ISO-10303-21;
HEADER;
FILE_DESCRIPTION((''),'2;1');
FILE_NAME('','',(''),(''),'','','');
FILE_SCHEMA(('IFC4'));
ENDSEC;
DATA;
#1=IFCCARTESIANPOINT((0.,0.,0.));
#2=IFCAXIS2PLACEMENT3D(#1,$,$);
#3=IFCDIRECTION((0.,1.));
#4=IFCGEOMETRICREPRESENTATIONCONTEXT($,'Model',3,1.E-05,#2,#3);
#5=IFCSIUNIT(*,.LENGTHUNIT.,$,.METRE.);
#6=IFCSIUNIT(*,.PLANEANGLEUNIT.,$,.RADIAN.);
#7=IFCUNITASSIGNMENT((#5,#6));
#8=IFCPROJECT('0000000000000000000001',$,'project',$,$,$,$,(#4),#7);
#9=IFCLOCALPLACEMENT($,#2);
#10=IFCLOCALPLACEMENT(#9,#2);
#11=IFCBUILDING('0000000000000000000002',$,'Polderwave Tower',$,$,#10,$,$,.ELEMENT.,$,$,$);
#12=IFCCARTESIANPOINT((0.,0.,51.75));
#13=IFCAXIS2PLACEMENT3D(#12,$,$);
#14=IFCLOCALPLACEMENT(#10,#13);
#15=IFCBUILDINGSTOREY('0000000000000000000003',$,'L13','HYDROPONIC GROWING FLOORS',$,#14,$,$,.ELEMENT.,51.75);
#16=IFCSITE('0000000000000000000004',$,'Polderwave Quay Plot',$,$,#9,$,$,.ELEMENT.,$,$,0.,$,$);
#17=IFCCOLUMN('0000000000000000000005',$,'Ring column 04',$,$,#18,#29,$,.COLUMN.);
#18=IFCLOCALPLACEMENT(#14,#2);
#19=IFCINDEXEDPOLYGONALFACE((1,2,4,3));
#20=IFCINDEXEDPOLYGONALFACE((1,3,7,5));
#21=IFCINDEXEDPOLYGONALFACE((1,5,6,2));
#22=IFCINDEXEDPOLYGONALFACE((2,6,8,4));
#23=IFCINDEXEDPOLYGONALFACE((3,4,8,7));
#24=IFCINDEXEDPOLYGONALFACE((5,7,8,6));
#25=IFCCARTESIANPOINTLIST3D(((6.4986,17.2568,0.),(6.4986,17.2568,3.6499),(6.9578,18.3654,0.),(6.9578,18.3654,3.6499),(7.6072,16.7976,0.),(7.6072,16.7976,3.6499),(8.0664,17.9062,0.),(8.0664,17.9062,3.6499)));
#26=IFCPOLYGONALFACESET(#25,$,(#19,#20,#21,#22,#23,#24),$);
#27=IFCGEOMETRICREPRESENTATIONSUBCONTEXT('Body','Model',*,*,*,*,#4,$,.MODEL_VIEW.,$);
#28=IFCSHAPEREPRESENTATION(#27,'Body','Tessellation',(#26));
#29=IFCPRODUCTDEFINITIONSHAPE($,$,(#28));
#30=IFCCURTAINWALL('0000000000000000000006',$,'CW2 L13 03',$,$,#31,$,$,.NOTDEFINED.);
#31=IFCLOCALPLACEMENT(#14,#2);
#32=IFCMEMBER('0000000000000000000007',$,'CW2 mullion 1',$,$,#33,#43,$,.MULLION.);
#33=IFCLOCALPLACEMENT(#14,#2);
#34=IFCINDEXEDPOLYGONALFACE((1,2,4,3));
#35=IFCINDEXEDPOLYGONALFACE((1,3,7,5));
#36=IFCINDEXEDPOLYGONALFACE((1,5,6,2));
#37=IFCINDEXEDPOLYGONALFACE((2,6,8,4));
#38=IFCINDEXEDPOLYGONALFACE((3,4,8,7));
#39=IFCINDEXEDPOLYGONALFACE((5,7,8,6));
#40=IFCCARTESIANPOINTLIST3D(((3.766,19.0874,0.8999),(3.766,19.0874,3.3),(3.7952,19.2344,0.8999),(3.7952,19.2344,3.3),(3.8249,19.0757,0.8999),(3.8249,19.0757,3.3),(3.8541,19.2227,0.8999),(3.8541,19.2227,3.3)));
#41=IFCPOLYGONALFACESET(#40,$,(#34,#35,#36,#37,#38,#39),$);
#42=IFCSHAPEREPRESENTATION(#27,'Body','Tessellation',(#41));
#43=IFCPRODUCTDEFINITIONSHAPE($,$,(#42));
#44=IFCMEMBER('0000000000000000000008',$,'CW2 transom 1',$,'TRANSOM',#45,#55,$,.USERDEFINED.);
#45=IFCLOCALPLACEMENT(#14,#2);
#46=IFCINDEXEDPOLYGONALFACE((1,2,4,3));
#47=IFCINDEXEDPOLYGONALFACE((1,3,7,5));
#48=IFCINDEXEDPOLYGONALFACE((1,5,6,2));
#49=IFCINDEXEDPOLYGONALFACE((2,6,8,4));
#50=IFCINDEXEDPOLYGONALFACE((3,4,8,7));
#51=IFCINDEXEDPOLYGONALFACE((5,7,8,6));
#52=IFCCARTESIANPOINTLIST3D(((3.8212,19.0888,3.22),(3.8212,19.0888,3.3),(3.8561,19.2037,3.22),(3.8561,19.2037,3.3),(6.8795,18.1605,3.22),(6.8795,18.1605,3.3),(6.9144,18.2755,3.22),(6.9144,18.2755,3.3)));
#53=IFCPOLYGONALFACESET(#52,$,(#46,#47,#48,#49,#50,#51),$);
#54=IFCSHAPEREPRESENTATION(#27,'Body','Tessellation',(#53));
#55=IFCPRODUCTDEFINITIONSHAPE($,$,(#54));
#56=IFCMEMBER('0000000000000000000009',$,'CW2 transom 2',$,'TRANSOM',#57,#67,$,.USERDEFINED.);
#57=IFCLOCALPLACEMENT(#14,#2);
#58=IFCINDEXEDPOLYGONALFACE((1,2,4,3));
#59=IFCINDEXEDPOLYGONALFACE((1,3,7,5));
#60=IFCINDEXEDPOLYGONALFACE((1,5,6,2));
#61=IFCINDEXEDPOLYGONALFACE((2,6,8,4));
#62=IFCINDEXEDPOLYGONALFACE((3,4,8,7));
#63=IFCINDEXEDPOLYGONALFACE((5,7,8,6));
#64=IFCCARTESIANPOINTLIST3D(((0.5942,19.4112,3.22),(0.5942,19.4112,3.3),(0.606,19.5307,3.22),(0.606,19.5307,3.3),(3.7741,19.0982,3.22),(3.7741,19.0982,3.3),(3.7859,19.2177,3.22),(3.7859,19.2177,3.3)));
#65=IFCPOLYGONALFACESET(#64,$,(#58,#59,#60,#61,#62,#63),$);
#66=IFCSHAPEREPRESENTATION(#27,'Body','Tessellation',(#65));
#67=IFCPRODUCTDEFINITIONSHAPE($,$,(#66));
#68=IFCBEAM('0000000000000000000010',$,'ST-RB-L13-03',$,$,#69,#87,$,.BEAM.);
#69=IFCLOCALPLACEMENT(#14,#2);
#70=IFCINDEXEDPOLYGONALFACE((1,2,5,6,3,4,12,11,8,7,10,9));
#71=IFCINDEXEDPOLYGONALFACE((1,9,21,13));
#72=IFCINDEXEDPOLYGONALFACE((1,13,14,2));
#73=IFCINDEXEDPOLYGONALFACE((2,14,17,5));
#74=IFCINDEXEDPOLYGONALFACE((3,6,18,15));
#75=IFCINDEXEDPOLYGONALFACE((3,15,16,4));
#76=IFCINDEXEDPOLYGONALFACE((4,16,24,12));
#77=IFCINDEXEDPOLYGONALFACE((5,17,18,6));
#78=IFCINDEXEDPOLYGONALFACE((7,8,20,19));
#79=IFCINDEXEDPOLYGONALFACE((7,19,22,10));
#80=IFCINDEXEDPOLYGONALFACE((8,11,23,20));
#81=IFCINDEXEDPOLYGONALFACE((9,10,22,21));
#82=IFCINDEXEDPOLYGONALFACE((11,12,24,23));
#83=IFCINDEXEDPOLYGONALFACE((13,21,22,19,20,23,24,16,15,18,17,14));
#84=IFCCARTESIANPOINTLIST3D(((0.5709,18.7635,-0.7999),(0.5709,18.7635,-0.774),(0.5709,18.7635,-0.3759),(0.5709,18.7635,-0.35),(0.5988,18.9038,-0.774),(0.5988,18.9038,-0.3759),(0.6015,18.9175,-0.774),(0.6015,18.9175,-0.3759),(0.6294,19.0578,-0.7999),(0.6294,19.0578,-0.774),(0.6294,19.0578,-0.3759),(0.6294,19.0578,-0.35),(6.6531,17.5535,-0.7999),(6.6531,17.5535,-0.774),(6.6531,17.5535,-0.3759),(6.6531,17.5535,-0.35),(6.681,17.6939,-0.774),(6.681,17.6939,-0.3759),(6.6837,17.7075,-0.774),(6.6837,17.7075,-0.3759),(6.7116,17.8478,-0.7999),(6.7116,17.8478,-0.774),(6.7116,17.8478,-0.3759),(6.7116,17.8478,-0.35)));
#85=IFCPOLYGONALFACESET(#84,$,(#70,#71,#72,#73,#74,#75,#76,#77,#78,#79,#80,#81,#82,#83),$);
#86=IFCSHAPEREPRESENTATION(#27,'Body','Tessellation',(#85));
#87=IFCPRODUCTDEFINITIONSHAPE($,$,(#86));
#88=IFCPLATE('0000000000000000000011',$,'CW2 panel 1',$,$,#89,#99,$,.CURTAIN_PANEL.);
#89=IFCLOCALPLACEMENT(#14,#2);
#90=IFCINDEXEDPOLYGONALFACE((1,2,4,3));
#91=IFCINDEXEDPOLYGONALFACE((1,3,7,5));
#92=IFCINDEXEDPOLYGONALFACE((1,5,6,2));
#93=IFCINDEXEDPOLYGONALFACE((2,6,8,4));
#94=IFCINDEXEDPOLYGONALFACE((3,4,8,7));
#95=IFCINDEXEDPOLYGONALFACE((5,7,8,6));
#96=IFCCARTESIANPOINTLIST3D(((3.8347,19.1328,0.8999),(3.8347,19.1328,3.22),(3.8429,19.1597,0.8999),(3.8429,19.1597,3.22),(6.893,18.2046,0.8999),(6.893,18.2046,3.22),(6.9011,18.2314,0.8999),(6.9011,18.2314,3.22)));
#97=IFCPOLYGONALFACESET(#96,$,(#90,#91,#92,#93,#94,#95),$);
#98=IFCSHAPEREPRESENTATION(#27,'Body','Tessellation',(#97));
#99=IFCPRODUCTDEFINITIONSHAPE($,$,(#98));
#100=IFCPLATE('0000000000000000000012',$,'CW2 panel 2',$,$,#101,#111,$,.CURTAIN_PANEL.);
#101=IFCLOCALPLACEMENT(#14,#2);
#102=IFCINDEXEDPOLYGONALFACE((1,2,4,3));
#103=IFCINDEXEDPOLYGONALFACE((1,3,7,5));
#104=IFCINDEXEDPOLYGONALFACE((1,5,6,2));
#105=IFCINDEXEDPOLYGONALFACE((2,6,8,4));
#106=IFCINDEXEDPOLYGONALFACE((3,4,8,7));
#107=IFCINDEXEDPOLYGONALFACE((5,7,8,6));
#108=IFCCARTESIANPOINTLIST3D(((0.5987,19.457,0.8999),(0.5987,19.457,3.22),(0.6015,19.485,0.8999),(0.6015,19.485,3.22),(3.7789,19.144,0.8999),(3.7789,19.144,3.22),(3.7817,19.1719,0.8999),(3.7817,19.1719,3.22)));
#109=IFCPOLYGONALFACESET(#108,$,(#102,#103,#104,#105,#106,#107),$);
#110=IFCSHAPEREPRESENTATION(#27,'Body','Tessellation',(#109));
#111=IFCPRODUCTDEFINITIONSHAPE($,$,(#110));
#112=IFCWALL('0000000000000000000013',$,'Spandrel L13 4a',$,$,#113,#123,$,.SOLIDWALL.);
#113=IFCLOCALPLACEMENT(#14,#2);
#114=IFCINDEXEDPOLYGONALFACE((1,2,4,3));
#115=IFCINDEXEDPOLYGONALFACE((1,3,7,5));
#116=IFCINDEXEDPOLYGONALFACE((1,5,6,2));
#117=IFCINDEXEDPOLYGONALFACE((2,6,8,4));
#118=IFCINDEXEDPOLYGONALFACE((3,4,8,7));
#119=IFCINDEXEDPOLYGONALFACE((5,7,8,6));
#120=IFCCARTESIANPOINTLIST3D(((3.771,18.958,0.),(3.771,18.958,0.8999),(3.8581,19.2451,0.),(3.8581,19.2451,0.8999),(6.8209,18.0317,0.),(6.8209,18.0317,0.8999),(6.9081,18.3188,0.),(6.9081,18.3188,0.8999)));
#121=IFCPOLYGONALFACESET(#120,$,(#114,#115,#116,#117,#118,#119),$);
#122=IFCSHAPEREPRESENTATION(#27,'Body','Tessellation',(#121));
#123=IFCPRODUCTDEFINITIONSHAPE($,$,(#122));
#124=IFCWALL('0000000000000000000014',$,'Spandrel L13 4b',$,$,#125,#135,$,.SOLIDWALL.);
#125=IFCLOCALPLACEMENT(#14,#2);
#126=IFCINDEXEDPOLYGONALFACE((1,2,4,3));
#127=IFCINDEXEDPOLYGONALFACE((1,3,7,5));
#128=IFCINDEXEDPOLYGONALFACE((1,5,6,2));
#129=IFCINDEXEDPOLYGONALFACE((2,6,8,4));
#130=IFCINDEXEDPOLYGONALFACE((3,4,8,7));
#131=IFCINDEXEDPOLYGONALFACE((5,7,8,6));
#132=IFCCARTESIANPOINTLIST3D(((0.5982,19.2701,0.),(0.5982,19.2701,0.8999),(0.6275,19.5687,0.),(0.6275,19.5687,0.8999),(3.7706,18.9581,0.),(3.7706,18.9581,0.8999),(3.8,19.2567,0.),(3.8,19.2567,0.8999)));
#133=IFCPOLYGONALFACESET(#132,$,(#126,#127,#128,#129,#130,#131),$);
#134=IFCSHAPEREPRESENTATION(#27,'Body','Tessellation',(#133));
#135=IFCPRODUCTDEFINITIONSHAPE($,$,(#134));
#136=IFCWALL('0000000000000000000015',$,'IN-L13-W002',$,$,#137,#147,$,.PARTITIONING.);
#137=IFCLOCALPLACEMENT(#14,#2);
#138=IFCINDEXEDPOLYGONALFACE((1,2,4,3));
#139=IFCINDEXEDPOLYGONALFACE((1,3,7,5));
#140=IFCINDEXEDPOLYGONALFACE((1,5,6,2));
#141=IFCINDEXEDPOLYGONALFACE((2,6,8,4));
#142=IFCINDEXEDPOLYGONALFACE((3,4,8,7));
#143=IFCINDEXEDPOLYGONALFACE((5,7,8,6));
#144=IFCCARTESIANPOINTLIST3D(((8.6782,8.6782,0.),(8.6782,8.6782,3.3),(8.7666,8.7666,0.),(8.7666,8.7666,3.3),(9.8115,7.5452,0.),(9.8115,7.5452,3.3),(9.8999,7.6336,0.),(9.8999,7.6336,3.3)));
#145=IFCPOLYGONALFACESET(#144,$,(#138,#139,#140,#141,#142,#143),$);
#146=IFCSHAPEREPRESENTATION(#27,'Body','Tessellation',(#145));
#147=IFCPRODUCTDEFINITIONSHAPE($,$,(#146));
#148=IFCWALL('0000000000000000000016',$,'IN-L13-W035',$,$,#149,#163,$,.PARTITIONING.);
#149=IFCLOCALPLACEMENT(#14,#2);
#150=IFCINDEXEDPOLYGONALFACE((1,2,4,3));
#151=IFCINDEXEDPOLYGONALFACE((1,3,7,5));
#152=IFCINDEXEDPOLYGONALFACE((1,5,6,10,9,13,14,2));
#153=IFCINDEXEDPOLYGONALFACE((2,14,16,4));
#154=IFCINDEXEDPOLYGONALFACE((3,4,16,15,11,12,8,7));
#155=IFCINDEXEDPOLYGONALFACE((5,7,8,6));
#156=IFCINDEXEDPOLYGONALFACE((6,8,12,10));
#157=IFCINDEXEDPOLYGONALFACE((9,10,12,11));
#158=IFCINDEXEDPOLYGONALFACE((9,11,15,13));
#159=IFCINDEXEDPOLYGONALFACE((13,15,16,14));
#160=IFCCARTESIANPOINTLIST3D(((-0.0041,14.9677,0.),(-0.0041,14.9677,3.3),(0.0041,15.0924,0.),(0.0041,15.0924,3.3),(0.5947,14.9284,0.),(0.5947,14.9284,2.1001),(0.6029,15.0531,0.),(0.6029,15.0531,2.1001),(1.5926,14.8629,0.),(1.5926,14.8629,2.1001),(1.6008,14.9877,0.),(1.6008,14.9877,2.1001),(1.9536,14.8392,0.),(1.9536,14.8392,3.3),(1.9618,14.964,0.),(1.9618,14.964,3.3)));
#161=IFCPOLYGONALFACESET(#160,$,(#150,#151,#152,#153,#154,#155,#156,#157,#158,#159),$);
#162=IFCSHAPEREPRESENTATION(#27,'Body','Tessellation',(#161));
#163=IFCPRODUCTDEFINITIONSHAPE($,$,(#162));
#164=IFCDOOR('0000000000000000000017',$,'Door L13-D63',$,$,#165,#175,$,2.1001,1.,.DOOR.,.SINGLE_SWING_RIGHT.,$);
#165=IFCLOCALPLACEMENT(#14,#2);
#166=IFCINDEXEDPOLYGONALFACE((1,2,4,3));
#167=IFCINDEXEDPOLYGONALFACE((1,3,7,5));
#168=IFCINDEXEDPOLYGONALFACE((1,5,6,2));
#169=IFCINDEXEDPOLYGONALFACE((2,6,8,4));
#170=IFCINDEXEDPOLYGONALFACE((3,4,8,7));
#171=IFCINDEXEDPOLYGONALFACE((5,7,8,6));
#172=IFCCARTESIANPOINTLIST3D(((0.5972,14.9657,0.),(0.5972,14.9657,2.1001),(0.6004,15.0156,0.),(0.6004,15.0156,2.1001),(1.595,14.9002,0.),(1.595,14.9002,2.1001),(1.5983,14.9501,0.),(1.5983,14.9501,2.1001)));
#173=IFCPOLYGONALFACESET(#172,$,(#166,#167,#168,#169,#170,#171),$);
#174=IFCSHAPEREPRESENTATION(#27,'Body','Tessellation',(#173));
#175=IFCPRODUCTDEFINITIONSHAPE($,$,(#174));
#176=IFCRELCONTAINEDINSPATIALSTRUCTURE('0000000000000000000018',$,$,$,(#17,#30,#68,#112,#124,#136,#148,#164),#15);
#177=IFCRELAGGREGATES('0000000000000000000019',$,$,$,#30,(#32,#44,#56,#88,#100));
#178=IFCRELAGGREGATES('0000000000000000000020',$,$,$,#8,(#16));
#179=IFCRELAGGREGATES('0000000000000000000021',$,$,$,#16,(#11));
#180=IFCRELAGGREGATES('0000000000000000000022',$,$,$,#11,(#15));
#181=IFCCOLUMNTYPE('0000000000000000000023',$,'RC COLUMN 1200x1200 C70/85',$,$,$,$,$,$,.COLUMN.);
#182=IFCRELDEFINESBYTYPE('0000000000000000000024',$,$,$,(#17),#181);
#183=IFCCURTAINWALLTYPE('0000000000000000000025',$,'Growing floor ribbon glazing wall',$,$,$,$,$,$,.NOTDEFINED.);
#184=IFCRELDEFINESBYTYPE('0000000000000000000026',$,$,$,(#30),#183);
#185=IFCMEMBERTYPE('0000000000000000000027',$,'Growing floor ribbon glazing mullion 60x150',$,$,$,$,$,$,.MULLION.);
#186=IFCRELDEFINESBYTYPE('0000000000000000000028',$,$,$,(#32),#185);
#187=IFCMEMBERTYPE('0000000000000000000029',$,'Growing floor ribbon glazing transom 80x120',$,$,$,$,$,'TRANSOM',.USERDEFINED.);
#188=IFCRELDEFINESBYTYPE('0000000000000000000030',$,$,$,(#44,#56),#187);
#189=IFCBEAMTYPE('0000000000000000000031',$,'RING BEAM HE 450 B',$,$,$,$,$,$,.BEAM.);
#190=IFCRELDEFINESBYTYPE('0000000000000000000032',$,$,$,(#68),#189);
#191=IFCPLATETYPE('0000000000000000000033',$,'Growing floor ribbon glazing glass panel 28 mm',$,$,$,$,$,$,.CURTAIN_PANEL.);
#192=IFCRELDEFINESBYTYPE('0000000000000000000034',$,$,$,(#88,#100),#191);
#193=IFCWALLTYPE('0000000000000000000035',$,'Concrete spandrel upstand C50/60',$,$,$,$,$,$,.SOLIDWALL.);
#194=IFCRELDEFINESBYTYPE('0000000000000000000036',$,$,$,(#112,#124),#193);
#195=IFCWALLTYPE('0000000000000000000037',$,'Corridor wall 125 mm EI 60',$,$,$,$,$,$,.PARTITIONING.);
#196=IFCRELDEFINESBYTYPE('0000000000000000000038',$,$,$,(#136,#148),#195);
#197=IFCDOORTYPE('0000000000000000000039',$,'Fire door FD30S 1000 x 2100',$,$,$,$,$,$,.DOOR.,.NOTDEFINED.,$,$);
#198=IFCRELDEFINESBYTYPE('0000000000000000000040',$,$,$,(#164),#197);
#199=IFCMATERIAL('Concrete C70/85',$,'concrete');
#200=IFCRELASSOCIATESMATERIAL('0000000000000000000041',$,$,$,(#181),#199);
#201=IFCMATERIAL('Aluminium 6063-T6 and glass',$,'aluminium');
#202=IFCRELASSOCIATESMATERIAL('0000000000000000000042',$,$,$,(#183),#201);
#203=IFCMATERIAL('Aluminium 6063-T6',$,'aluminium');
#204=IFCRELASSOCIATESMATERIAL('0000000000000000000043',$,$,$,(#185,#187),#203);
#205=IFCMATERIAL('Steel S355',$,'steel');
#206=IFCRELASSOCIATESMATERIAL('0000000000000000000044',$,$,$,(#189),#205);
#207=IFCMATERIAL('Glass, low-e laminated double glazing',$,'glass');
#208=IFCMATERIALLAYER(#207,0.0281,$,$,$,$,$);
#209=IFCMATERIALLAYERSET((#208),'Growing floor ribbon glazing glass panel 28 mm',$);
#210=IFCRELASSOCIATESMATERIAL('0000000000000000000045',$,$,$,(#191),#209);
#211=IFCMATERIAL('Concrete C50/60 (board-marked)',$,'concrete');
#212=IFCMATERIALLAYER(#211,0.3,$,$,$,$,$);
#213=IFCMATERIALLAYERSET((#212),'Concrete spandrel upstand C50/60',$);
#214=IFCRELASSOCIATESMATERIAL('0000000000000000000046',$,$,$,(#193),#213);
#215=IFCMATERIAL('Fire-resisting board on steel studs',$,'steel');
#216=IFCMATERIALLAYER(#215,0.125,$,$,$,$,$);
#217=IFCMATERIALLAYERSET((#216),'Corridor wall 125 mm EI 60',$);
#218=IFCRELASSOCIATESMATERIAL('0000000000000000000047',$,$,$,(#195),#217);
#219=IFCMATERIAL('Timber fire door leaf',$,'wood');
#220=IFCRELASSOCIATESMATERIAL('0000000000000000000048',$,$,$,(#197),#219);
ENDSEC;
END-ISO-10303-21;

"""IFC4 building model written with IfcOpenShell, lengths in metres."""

from ifc_helpers import new_model, si_unit, direction, frame, frame_2d, origin, origin_2d, place, context, subcontext, project, spatial, rectangle, i_section, extrude, material, layer, layer_set, material_profile, profile_set, type_object, element, fill, aggregate, save


model = new_model("IFC4")

# Units and contexts
model_context = context("Model", 3, precision=1e-05, world=origin(), true_north=direction((0.0, 1.0)))
body_context = subcontext(model_context, "Body", "Model", "MODEL_VIEW")
ifc_project = project(units=[si_unit("LENGTHUNIT", "METRE"), si_unit("PLANEANGLEUNIT", "RADIAN")], contexts=[model_context])

# Site, building, storey
site_placement = place(None, origin())
site = spatial("IfcSite", under=ifc_project, at=site_placement, Name="Polderwave Quay Plot", CompositionType="ELEMENT", RefElevation=0.0)
building_placement = place(site_placement, origin())
building = spatial("IfcBuilding", under=site, at=building_placement, Name="Polderwave Tower", CompositionType="ELEMENT")
storey_placement = place(building_placement, frame((0.0, 0.0, 51.75)))
storey = spatial("IfcBuildingStorey", under=building, at=storey_placement, Name="L13", Description="HYDROPONIC GROWING FLOORS", CompositionType="ELEMENT", Elevation=51.75)

# Column
ifc_material_1 = material(Name="Concrete C70/85", Category="concrete")
ifc_material_profile_1 = material_profile(ifc_material_1, rectangle(XDim=1.2, YDim=1.2, at=origin_2d()), Name="RC 1200x1200")
ifc_profile_set_1 = profile_set([ifc_material_profile_1], Name="Concrete C70/85")
column_type = type_object("IfcColumnType", Name="RC COLUMN 1200x1200 C70/85", PredefinedType="COLUMN", material=ifc_profile_set_1)
column_placement = place(storey_placement, frame((7.2825, 17.5815, 0.0), z_axis=(0.0, 0.0, 1.0), x_axis=(0.382683, 0.92388, 0.0)))
element("IfcColumn", 1, at=column_placement, inside=storey, type_object=column_type, Name="Ring column 04", PredefinedType="COLUMN", context=body_context, shape_type="SweptSolid", body=[
    extrude(rectangle(XDim=1.2, YDim=1.2, at=origin_2d()), origin(), (0.0, 0.0, 1.0), 3.6499),
])

# Curtain wall, members
ifc_material_2 = material(Name="Aluminium 6063-T6 and glass", Category="aluminium")
curtain_wall_type = type_object("IfcCurtainWallType", Name="Growing floor ribbon glazing wall", PredefinedType="NOTDEFINED", material=ifc_material_2)
curtain_wall_placement = place(storey_placement, origin())
curtain_wall = element("IfcCurtainWall", 2, at=curtain_wall_placement, inside=storey, type_object=curtain_wall_type, Name="CW2 L13 03", PredefinedType="NOTDEFINED")
ifc_material_3 = material(Name="Aluminium 6063-T6", Category="aluminium")
ifc_material_profile_2 = material_profile(ifc_material_3, rectangle(XDim=0.1499, YDim=0.0601, at=origin_2d()), Name="AL 60x150")
ifc_profile_set_2 = profile_set([ifc_material_profile_2], Name="Aluminium 6063-T6")
member_type_1 = type_object("IfcMemberType", Name="Growing floor ribbon glazing mullion 60x150", PredefinedType="MULLION", material=ifc_profile_set_2)
member_1_placement = place(storey_placement, frame((3.8101, 19.155, 0.8999), z_axis=(0.0, 0.0, 1.0), x_axis=(-0.195149, -0.980774, 0.0)))
member_1 = element("IfcMember", 3, at=member_1_placement, type_object=member_type_1, Name="CW2 mullion 1", PredefinedType="MULLION", context=body_context, shape_type="SweptSolid", body=[
    extrude(rectangle(XDim=0.1499, YDim=0.0601, at=origin_2d()), origin(), (0.0, 0.0, 1.0), 2.4001),
])
ifc_material_profile_3 = material_profile(ifc_material_3, rectangle(XDim=0.1201, YDim=0.0801, at=origin_2d()), Name="AL 80x120")
ifc_profile_set_3 = profile_set([ifc_material_profile_3], Name="Aluminium 6063-T6")
member_type_2 = type_object("IfcMemberType", Name="Growing floor ribbon glazing transom 80x120", ElementType="TRANSOM", PredefinedType="USERDEFINED", material=ifc_profile_set_3)
member_2_placement = place(storey_placement, frame((6.897, 18.218, 3.26), z_axis=(-0.956898, 0.290423, 0.0), x_axis=(-0.290423, -0.956898, 0.0)))
member_2 = element("IfcMember", 4, at=member_2_placement, type_object=member_type_2, Name="CW2 transom 1", ObjectType="TRANSOM", PredefinedType="USERDEFINED", context=body_context, shape_type="SweptSolid", body=[
    extrude(rectangle(XDim=0.1201, YDim=0.0801, at=origin_2d()), origin(), (0.0, 0.0, 1.0), 3.196),
])
member_3_placement = place(storey_placement, frame((3.78, 19.158, 3.26), z_axis=(-0.995191, 0.097953, 0.0), x_axis=(-0.097953, -0.995191, 0.0)))
member_3 = element("IfcMember", 5, at=member_3_placement, type_object=member_type_2, Name="CW2 transom 2", ObjectType="TRANSOM", PredefinedType="USERDEFINED", context=body_context, shape_type="SweptSolid", body=[
    extrude(rectangle(XDim=0.1201, YDim=0.0801, at=origin_2d()), origin(), (0.0, 0.0, 1.0), 3.1953),
])

# Beam
ifc_material_4 = material(Name="Steel S355", Category="steel")
ifc_material_profile_4 = material_profile(ifc_material_4, i_section(OverallWidth=0.3, OverallDepth=0.45, WebThickness=0.0139, FlangeThickness=0.0259, at=origin_2d()), Name="HE 450 B")
ifc_profile_set_4 = profile_set([ifc_material_profile_4], Name="Steel S355")
beam_type = type_object("IfcBeamType", Name="RING BEAM HE 450 B", PredefinedType="BEAM", material=ifc_profile_set_4)
beam_placement = place(storey_placement, frame((6.6824, 17.7007, -0.575), z_axis=(-0.980782, 0.195109, 0.0), x_axis=(-0.195109, -0.980782, 0.0)))
element("IfcBeam", 6, at=beam_placement, inside=storey, type_object=beam_type, Name="ST-RB-L13-03", PredefinedType="BEAM", context=body_context, shape_type="SweptSolid", body=[
    extrude(i_section(OverallWidth=0.3, OverallDepth=0.45, WebThickness=0.0139, FlangeThickness=0.0259, at=origin_2d()), origin(), (0.0, 0.0, 1.0), 6.2014),
])

# Plates
ifc_material_5 = material(Name="Glass, low-e laminated double glazing", Category="glass")
ifc_layer_1 = layer(ifc_material_5, 0.0281)
ifc_layer_set_1 = layer_set([ifc_layer_1], Name="Growing floor ribbon glazing glass panel 28 mm")
plate_type = type_object("IfcPlateType", Name="Growing floor ribbon glazing glass panel 28 mm", PredefinedType="CURTAIN_PANEL", material=ifc_layer_set_1)
plate_1_placement = place(storey_placement, frame((5.3679, 18.6821, 0.8999), z_axis=(0.0, 0.0, 1.0), x_axis=(-0.956891, 0.290447, 0.0)))
plate_1 = element("IfcPlate", 7, at=plate_1_placement, type_object=plate_type, Name="CW2 panel 1", PredefinedType="CURTAIN_PANEL", context=body_context, shape_type="SweptSolid", body=[
    extrude(rectangle(XDim=3.196, YDim=0.0281, at=origin_2d()), origin(), (0.0, 0.0, 1.0), 2.3201),
])
plate_2_placement = place(storey_placement, frame((2.1902, 19.3145, 0.8999), z_axis=(0.0, 0.0, 1.0), x_axis=(-0.99519, 0.097969, 0.0)))
plate_2 = element("IfcPlate", 8, at=plate_2_placement, type_object=plate_type, Name="CW2 panel 2", PredefinedType="CURTAIN_PANEL", context=body_context, shape_type="SweptSolid", body=[
    extrude(rectangle(XDim=3.1956, YDim=0.0281, at=origin_2d()), origin(), (0.0, 0.0, 1.0), 2.3201),
])
aggregate(curtain_wall, [member_1, member_2, member_3, plate_1, plate_2])

# Walls
ifc_material_6 = material(Name="Concrete C50/60 (board-marked)", Category="concrete")
ifc_layer_2 = layer(ifc_material_6, 0.3)
ifc_layer_set_2 = layer_set([ifc_layer_2], Name="Concrete spandrel upstand C50/60")
wall_type_1 = type_object("IfcWallType", Name="Concrete spandrel upstand C50/60", PredefinedType="SOLIDWALL", material=ifc_layer_set_2)
wall_1_placement = place(storey_placement, frame((6.8645, 18.1753, 0.0), z_axis=(0.0, 0.0, 1.0), x_axis=(-0.956849, 0.290586, 0.0)))
element("IfcWall", 9, at=wall_1_placement, inside=storey, type_object=wall_type_1, Name="Spandrel L13 4a", PredefinedType="SOLIDWALL", context=body_context, shape_type="SweptSolid", body=[
    extrude(rectangle(XDim=3.1875, YDim=0.3, at=frame_2d((1.5938, 0.0))), origin(), (0.0, 0.0, 1.0), 0.8999),
])
wall_2_placement = place(storey_placement, frame((3.7852, 19.1074, 0.0), z_axis=(0.0, 0.0, 1.0), x_axis=(-0.995198, 0.097881, 0.0)))
element("IfcWall", 10, at=wall_2_placement, inside=storey, type_object=wall_type_1, Name="Spandrel L13 4b", PredefinedType="SOLIDWALL", context=body_context, shape_type="SweptSolid", body=[
    extrude(rectangle(XDim=3.1877, YDim=0.3, at=frame_2d((1.5938, 0.0))), origin(), (0.0, 0.0, 1.0), 0.8999),
])
ifc_material_7 = material(Name="Fire-resisting board on steel studs", Category="steel")
ifc_layer_3 = layer(ifc_material_7, 0.125)
ifc_layer_set_3 = layer_set([ifc_layer_3], Name="Corridor wall 125 mm EI 60")
wall_type_2 = type_object("IfcWallType", Name="Corridor wall 125 mm EI 60", PredefinedType="PARTITIONING", material=ifc_layer_set_3)
wall_3_placement = place(storey_placement, frame((8.7224, 8.7224, 0.0), z_axis=(0.0, 0.0, 1.0), x_axis=(0.707183, -0.707031, 0.0)))
element("IfcWall", 11, at=wall_3_placement, inside=storey, type_object=wall_type_2, Name="IN-L13-W002", PredefinedType="PARTITIONING", context=body_context, shape_type="SweptSolid", body=[
    extrude(rectangle(XDim=1.6025, YDim=0.125, at=frame_2d((0.8013, 0.0))), origin(), (0.0, 0.0, 1.0), 3.3),
])

# Wall, opening, door
wall_4_placement = place(storey_placement, frame((0.0, 15.03, 0.0), z_axis=(0.0, 0.0, 1.0), x_axis=(0.997856, -0.065454, 0.0)))
wall_4 = element("IfcWall", 12, at=wall_4_placement, inside=storey, type_object=wall_type_2, Name="IN-L13-W035", PredefinedType="PARTITIONING", context=body_context, shape_type="SweptSolid", body=[
    extrude(rectangle(XDim=1.9619, YDim=0.125, at=frame_2d((0.981, 0.0))), origin(), (0.0, 0.0, 1.0), 3.3),
])
opening_1_placement = place(wall_4_placement, frame((0.6001, 0.0, 0.0)))
opening_1 = element("IfcOpeningElement", 13, at=opening_1_placement, cuts=wall_4, PredefinedType="OPENING", context=body_context, shape_type="SweptSolid", body=[
    extrude(rectangle(XDim=1.0, YDim=2.1001, at=frame_2d((0.5, 1.05))), frame((0.0, 0.0725, 0.0), z_axis=(0.0, -1.0, 0.0), x_axis=(1.0, 0.0, 0.0)), (0.0, 0.0, 1.0), 0.145),
])
ifc_material_8 = material(Name="Timber fire door leaf", Category="wood")
door_type_1 = type_object("IfcDoorType", Name="Fire door FD30S 1000 x 2100", OperationType="NOTDEFINED", PredefinedType="DOOR", material=ifc_material_8)
door_1_placement = place(opening_1_placement, origin())
door_1 = element("IfcDoor", 14, at=door_1_placement, inside=storey, type_object=door_type_1, Name="Door L13-D63", OperationType="SINGLE_SWING_RIGHT", OverallHeight=2.1001, OverallWidth=1.0, PredefinedType="DOOR", context=body_context, shape_type="SweptSolid", body=[
    extrude(rectangle(XDim=1.0, YDim=2.1001, at=frame_2d((0.5, 1.05))), frame((0.0, 0.0249, 0.0), z_axis=(0.0, -1.0, 0.0), x_axis=(1.0, 0.0, 0.0)), (0.0, 0.0, 1.0), 0.05),
])
fill(opening_1, door_1)

save(model, "model.ifc")
